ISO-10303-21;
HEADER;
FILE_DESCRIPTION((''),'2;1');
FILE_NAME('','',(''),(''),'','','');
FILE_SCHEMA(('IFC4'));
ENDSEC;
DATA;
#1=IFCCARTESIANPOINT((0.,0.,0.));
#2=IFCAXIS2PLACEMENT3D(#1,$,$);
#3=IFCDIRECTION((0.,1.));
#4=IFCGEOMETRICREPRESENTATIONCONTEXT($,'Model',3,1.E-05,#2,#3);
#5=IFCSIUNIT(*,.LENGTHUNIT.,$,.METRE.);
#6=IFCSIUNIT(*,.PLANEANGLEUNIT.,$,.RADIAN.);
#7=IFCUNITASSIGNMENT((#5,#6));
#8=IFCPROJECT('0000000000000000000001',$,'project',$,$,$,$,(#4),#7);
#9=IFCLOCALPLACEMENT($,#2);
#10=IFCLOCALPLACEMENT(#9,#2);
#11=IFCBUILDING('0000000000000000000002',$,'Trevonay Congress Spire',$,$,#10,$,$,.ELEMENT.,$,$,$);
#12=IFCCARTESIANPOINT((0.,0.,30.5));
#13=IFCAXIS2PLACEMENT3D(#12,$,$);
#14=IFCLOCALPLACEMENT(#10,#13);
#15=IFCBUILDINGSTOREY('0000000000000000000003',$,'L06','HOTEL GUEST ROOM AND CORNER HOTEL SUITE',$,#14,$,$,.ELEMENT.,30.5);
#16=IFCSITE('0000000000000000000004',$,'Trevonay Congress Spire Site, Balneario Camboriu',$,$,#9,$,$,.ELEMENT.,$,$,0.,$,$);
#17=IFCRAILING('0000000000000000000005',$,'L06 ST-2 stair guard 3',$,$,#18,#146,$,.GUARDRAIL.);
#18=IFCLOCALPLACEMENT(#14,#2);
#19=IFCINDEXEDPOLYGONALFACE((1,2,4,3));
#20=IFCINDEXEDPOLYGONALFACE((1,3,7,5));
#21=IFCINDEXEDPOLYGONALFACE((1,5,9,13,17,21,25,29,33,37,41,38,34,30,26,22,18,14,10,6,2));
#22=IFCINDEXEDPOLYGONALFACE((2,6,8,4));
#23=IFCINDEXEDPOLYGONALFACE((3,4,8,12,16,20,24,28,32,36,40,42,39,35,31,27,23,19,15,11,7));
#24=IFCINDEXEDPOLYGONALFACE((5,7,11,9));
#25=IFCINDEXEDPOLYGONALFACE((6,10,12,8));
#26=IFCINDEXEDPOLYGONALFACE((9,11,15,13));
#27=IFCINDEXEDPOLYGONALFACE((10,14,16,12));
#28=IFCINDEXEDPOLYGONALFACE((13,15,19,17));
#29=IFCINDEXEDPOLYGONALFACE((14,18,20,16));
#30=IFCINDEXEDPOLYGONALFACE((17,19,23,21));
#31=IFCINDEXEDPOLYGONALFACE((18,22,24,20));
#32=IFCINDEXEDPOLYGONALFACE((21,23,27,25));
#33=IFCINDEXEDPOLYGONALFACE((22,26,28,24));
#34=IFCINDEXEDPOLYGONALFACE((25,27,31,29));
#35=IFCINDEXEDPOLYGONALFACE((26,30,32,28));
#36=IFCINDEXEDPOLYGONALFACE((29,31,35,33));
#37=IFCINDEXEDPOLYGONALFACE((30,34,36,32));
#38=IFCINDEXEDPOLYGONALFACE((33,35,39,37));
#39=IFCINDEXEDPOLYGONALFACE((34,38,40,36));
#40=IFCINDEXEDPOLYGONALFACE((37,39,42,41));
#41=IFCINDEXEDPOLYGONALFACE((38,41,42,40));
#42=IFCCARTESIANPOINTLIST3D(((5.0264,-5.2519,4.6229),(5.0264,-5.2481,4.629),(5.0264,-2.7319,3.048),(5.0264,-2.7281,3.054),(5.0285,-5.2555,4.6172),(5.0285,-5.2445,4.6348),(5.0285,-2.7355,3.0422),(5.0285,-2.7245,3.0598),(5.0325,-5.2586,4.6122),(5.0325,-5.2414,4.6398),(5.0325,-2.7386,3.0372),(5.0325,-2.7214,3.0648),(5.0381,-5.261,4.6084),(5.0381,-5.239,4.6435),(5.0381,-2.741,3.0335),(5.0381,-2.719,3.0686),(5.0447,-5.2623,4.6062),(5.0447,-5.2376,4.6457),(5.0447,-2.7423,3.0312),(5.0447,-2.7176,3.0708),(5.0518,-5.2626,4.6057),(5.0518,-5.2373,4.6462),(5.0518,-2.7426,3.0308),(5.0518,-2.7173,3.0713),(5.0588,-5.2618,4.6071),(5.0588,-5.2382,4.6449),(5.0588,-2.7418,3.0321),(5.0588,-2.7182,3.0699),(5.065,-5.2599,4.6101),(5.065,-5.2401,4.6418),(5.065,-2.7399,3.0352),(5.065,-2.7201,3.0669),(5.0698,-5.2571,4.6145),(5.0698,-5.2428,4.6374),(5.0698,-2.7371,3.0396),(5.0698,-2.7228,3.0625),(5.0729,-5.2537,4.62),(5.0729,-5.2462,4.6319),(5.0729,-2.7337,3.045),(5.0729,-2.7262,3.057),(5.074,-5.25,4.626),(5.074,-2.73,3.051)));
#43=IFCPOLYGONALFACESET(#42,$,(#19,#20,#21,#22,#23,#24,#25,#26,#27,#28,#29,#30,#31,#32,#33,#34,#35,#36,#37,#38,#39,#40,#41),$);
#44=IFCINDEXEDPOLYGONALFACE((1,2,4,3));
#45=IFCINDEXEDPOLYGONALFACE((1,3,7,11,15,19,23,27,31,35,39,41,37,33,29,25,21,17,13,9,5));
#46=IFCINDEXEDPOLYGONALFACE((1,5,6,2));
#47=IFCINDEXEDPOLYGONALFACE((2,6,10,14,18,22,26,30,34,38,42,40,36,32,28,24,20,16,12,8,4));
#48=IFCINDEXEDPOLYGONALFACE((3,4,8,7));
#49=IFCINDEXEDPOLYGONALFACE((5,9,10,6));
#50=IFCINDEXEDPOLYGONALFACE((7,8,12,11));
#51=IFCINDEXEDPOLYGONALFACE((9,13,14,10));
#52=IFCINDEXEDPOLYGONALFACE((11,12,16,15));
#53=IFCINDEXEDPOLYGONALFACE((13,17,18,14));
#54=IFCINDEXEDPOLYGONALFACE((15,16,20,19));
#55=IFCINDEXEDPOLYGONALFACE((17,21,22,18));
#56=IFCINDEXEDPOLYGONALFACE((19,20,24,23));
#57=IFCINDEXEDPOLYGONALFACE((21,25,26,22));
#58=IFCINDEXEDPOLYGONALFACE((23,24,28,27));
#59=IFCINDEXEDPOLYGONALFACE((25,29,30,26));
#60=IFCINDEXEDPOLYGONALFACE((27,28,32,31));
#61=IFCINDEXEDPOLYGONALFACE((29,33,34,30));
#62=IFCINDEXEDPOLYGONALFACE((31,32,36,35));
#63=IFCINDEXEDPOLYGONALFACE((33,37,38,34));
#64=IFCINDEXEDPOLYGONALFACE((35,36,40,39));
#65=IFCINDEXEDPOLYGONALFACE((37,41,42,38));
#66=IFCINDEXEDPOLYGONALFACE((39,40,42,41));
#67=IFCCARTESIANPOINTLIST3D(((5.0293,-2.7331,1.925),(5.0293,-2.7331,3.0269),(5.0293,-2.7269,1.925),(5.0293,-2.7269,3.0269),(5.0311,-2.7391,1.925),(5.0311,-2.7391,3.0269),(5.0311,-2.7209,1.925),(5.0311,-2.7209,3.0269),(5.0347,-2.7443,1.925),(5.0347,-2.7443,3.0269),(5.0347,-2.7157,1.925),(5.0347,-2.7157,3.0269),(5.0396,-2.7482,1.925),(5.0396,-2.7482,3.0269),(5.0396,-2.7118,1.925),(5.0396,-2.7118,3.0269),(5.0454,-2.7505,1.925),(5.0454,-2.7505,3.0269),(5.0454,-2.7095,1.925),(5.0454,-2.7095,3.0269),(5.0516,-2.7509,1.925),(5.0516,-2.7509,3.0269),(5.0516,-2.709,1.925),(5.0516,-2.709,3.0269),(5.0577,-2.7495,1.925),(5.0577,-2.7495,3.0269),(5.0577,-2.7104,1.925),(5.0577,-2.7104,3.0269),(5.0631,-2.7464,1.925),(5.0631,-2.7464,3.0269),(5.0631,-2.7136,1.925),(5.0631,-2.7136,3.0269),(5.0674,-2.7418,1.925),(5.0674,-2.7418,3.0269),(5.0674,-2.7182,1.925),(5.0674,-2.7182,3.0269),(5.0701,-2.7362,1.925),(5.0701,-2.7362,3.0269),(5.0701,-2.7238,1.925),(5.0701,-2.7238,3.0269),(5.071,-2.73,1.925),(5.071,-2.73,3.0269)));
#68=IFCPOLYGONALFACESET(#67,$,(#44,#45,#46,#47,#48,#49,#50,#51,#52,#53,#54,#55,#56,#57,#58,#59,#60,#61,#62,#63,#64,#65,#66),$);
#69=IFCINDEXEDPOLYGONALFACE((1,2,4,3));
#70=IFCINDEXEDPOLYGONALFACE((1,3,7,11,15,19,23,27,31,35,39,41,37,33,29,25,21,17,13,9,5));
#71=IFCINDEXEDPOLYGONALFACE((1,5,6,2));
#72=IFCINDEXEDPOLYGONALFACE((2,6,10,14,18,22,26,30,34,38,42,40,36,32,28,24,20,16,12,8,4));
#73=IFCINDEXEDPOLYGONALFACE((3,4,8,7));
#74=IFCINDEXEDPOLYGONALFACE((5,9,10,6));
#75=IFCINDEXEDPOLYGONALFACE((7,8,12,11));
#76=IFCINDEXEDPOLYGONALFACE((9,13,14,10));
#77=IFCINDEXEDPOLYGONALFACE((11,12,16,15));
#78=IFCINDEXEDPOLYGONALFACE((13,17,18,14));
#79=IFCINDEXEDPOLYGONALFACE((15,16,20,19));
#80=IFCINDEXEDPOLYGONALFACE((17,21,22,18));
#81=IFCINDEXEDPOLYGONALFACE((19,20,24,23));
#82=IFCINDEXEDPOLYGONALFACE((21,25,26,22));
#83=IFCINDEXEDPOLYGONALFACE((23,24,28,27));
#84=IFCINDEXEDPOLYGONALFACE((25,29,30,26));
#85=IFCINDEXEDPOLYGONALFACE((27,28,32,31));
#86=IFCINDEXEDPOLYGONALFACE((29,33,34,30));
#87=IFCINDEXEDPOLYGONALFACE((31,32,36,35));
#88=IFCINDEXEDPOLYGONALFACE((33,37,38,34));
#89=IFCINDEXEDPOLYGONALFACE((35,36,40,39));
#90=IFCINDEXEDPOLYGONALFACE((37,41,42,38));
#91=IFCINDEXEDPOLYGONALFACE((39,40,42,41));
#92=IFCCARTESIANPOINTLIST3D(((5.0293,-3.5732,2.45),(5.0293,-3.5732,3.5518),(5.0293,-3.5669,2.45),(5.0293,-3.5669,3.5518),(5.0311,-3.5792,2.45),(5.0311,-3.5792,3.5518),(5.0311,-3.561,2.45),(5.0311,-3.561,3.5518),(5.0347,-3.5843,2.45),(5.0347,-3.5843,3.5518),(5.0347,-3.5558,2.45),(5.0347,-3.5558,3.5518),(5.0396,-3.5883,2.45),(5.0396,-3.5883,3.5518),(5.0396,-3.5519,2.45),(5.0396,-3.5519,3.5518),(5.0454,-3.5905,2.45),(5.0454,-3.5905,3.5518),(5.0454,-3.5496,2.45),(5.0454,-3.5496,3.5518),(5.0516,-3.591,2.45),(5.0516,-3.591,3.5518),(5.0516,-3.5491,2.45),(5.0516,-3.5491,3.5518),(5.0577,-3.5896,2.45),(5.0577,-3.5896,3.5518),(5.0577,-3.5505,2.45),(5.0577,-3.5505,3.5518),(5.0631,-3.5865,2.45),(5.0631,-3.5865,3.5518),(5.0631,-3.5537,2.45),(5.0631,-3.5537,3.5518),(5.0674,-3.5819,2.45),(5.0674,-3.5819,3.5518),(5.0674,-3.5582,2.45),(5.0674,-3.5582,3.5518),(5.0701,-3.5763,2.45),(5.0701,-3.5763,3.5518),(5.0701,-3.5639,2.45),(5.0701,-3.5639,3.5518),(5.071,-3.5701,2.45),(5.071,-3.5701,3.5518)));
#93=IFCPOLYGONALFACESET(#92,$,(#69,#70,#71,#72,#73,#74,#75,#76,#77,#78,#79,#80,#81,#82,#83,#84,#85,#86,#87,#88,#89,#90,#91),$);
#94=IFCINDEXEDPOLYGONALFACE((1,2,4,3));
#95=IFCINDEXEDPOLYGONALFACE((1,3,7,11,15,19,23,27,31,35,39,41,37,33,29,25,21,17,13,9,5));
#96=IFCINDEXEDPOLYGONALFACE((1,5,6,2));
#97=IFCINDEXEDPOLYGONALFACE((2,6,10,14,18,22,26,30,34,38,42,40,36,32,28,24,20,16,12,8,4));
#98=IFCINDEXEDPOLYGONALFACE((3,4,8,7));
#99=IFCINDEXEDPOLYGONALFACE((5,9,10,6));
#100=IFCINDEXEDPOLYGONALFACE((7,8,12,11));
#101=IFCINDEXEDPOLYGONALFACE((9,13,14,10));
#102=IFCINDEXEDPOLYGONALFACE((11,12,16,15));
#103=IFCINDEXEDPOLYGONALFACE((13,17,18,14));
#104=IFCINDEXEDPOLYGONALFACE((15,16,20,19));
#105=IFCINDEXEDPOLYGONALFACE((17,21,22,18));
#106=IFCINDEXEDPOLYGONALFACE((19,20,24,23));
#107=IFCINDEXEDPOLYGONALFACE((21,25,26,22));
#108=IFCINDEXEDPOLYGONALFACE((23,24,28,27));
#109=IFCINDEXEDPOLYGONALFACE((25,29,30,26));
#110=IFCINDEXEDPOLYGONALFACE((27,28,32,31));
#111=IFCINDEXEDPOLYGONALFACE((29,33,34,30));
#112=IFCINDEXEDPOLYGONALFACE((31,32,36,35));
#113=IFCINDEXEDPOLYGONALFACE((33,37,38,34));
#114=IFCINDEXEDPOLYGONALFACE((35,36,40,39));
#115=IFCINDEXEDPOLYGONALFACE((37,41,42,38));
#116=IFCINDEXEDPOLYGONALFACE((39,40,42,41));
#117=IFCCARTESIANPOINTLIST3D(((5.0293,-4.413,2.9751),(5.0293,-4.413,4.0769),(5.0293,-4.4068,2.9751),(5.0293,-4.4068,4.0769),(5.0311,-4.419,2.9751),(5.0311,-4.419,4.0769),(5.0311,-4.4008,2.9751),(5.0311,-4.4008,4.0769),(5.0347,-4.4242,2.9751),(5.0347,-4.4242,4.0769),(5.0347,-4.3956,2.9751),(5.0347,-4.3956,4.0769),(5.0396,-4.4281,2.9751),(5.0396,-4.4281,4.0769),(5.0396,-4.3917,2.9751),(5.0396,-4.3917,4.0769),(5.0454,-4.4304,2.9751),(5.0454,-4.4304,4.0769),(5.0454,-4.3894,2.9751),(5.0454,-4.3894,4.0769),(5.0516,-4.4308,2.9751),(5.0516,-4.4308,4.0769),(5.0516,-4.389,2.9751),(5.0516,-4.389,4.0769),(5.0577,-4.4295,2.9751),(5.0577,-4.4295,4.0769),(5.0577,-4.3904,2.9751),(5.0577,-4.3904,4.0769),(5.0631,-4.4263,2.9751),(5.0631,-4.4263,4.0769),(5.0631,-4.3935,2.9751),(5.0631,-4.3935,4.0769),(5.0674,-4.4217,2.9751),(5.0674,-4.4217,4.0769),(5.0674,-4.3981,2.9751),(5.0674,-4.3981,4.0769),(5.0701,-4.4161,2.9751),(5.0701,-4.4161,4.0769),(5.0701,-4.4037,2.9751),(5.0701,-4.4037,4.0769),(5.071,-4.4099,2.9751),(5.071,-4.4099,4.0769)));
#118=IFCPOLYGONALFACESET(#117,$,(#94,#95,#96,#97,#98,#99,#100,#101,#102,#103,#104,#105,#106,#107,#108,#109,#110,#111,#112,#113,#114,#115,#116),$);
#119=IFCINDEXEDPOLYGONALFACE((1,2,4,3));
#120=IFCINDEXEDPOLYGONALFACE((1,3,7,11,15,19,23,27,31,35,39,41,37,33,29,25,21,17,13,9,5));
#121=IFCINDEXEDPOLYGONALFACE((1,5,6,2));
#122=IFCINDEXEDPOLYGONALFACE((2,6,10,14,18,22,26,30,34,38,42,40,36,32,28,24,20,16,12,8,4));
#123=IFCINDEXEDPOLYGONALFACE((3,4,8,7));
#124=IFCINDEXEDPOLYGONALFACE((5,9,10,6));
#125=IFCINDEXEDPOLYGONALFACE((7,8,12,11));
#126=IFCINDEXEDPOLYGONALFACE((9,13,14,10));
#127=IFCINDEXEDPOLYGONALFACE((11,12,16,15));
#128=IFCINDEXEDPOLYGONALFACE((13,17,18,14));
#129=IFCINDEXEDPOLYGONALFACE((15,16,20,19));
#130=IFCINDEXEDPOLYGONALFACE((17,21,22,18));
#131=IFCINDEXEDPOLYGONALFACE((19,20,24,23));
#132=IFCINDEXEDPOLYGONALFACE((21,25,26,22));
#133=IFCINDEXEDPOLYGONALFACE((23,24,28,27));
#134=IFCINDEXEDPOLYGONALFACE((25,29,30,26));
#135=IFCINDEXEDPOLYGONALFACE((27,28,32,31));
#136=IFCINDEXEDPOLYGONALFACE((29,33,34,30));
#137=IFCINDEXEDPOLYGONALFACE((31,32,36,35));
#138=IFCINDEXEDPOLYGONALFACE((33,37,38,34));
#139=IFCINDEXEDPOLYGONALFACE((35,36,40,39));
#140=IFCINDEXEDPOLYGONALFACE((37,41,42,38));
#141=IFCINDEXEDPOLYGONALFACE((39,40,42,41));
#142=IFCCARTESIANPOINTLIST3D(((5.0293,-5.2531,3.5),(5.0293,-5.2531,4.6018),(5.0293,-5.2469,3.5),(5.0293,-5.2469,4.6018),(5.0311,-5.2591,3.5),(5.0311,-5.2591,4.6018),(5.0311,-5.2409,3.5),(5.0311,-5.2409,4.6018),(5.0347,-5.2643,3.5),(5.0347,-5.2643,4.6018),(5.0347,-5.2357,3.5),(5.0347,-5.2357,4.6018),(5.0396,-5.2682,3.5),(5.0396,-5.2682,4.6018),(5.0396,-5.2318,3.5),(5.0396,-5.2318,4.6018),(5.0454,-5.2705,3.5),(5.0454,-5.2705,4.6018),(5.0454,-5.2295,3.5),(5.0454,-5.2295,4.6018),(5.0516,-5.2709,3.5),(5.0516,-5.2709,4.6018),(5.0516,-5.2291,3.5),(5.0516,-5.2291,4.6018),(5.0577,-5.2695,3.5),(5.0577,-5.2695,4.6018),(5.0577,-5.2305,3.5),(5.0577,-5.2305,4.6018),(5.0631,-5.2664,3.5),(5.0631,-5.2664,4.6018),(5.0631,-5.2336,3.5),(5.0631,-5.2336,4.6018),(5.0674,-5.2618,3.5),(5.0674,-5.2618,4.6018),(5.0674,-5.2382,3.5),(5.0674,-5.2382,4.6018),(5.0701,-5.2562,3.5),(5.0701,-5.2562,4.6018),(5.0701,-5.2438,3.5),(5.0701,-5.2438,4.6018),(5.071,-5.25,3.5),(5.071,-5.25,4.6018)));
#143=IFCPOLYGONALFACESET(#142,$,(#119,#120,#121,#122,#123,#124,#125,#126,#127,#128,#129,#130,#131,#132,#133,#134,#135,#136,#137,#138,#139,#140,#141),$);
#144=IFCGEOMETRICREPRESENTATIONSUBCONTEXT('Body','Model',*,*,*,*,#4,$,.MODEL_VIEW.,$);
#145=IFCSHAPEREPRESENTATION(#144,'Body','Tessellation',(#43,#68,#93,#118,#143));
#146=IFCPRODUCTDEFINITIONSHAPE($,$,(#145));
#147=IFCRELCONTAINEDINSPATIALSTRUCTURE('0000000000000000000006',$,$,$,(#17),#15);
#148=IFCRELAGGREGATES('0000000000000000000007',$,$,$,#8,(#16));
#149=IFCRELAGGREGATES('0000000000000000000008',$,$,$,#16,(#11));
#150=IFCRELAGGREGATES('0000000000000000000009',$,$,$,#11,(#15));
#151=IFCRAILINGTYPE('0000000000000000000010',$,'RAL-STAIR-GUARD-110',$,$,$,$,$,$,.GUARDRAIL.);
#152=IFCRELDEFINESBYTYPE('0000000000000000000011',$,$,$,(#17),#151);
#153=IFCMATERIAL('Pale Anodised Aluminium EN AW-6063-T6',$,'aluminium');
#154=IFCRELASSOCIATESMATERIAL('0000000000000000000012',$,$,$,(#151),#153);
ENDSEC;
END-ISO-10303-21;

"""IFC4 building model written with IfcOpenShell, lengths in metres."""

from ifc_helpers import new_model, si_unit, direction, frame, origin, origin_2d, place, context, subcontext, project, spatial, circle, extrude, material, type_object, element, save


model = new_model("IFC4")

# Units and contexts
model_context = context("Model", 3, precision=1e-05, world=origin(), true_north=direction((0.0, 1.0)))
body_context = subcontext(model_context, "Body", "Model", "MODEL_VIEW")
ifc_project = project(units=[si_unit("LENGTHUNIT", "METRE"), si_unit("PLANEANGLEUNIT", "RADIAN")], contexts=[model_context])

# Site, building, storey
site_placement = place(None, origin())
site = spatial("IfcSite", under=ifc_project, at=site_placement, Name="Trevonay Congress Spire Site, Balneario Camboriu", CompositionType="ELEMENT", RefElevation=0.0)
building_placement = place(site_placement, origin())
building = spatial("IfcBuilding", under=site, at=building_placement, Name="Trevonay Congress Spire", CompositionType="ELEMENT")
storey_placement = place(building_placement, frame((0.0, 0.0, 30.5)))
storey = spatial("IfcBuildingStorey", under=building, at=storey_placement, Name="L06", Description="HOTEL GUEST ROOM AND CORNER HOTEL SUITE", CompositionType="ELEMENT", Elevation=30.5)

# Shared definitions
ifc_material_1 = material(Name="Pale Anodised Aluminium EN AW-6063-T6", Category="aluminium")

# Railing
railing_type_1 = type_object("IfcRailingType", Name="RAL-STAIR-GUARD-110", PredefinedType="GUARDRAIL", material=ifc_material_1)
railing_1_placement = place(storey_placement, frame((5.05, -2.73, 1.925)))
element("IfcRailing", 1, at=railing_1_placement, inside=storey, type_object=railing_type_1, Name="L06 ST-2 stair guard 3", PredefinedType="GUARDRAIL", context=body_context, shape_type="SweptSolid", body=[
    extrude(circle(Radius=0.0239, at=origin_2d()), frame((0.0, 0.0, 1.126), z_axis=(0.0, -0.848008, 0.529984), x_axis=(1.0, 0.0, 0.0)), (0.0, 0.0, 1.0), 2.9717),
    extrude(circle(Radius=0.021, at=origin_2d()), origin(), (0.0, 0.0, 1.0), 1.1018),
    extrude(circle(Radius=0.021, at=origin_2d()), frame((0.0, -0.8401, 0.5249)), (0.0, 0.0, 1.0), 1.1018),
    extrude(circle(Radius=0.021, at=origin_2d()), frame((0.0, -1.6799, 1.05)), (0.0, 0.0, 1.0), 1.1018),
    extrude(circle(Radius=0.021, at=origin_2d()), frame((0.0, -2.52, 1.575)), (0.0, 0.0, 1.0), 1.1018),
])

save(model, "model.ifc")
